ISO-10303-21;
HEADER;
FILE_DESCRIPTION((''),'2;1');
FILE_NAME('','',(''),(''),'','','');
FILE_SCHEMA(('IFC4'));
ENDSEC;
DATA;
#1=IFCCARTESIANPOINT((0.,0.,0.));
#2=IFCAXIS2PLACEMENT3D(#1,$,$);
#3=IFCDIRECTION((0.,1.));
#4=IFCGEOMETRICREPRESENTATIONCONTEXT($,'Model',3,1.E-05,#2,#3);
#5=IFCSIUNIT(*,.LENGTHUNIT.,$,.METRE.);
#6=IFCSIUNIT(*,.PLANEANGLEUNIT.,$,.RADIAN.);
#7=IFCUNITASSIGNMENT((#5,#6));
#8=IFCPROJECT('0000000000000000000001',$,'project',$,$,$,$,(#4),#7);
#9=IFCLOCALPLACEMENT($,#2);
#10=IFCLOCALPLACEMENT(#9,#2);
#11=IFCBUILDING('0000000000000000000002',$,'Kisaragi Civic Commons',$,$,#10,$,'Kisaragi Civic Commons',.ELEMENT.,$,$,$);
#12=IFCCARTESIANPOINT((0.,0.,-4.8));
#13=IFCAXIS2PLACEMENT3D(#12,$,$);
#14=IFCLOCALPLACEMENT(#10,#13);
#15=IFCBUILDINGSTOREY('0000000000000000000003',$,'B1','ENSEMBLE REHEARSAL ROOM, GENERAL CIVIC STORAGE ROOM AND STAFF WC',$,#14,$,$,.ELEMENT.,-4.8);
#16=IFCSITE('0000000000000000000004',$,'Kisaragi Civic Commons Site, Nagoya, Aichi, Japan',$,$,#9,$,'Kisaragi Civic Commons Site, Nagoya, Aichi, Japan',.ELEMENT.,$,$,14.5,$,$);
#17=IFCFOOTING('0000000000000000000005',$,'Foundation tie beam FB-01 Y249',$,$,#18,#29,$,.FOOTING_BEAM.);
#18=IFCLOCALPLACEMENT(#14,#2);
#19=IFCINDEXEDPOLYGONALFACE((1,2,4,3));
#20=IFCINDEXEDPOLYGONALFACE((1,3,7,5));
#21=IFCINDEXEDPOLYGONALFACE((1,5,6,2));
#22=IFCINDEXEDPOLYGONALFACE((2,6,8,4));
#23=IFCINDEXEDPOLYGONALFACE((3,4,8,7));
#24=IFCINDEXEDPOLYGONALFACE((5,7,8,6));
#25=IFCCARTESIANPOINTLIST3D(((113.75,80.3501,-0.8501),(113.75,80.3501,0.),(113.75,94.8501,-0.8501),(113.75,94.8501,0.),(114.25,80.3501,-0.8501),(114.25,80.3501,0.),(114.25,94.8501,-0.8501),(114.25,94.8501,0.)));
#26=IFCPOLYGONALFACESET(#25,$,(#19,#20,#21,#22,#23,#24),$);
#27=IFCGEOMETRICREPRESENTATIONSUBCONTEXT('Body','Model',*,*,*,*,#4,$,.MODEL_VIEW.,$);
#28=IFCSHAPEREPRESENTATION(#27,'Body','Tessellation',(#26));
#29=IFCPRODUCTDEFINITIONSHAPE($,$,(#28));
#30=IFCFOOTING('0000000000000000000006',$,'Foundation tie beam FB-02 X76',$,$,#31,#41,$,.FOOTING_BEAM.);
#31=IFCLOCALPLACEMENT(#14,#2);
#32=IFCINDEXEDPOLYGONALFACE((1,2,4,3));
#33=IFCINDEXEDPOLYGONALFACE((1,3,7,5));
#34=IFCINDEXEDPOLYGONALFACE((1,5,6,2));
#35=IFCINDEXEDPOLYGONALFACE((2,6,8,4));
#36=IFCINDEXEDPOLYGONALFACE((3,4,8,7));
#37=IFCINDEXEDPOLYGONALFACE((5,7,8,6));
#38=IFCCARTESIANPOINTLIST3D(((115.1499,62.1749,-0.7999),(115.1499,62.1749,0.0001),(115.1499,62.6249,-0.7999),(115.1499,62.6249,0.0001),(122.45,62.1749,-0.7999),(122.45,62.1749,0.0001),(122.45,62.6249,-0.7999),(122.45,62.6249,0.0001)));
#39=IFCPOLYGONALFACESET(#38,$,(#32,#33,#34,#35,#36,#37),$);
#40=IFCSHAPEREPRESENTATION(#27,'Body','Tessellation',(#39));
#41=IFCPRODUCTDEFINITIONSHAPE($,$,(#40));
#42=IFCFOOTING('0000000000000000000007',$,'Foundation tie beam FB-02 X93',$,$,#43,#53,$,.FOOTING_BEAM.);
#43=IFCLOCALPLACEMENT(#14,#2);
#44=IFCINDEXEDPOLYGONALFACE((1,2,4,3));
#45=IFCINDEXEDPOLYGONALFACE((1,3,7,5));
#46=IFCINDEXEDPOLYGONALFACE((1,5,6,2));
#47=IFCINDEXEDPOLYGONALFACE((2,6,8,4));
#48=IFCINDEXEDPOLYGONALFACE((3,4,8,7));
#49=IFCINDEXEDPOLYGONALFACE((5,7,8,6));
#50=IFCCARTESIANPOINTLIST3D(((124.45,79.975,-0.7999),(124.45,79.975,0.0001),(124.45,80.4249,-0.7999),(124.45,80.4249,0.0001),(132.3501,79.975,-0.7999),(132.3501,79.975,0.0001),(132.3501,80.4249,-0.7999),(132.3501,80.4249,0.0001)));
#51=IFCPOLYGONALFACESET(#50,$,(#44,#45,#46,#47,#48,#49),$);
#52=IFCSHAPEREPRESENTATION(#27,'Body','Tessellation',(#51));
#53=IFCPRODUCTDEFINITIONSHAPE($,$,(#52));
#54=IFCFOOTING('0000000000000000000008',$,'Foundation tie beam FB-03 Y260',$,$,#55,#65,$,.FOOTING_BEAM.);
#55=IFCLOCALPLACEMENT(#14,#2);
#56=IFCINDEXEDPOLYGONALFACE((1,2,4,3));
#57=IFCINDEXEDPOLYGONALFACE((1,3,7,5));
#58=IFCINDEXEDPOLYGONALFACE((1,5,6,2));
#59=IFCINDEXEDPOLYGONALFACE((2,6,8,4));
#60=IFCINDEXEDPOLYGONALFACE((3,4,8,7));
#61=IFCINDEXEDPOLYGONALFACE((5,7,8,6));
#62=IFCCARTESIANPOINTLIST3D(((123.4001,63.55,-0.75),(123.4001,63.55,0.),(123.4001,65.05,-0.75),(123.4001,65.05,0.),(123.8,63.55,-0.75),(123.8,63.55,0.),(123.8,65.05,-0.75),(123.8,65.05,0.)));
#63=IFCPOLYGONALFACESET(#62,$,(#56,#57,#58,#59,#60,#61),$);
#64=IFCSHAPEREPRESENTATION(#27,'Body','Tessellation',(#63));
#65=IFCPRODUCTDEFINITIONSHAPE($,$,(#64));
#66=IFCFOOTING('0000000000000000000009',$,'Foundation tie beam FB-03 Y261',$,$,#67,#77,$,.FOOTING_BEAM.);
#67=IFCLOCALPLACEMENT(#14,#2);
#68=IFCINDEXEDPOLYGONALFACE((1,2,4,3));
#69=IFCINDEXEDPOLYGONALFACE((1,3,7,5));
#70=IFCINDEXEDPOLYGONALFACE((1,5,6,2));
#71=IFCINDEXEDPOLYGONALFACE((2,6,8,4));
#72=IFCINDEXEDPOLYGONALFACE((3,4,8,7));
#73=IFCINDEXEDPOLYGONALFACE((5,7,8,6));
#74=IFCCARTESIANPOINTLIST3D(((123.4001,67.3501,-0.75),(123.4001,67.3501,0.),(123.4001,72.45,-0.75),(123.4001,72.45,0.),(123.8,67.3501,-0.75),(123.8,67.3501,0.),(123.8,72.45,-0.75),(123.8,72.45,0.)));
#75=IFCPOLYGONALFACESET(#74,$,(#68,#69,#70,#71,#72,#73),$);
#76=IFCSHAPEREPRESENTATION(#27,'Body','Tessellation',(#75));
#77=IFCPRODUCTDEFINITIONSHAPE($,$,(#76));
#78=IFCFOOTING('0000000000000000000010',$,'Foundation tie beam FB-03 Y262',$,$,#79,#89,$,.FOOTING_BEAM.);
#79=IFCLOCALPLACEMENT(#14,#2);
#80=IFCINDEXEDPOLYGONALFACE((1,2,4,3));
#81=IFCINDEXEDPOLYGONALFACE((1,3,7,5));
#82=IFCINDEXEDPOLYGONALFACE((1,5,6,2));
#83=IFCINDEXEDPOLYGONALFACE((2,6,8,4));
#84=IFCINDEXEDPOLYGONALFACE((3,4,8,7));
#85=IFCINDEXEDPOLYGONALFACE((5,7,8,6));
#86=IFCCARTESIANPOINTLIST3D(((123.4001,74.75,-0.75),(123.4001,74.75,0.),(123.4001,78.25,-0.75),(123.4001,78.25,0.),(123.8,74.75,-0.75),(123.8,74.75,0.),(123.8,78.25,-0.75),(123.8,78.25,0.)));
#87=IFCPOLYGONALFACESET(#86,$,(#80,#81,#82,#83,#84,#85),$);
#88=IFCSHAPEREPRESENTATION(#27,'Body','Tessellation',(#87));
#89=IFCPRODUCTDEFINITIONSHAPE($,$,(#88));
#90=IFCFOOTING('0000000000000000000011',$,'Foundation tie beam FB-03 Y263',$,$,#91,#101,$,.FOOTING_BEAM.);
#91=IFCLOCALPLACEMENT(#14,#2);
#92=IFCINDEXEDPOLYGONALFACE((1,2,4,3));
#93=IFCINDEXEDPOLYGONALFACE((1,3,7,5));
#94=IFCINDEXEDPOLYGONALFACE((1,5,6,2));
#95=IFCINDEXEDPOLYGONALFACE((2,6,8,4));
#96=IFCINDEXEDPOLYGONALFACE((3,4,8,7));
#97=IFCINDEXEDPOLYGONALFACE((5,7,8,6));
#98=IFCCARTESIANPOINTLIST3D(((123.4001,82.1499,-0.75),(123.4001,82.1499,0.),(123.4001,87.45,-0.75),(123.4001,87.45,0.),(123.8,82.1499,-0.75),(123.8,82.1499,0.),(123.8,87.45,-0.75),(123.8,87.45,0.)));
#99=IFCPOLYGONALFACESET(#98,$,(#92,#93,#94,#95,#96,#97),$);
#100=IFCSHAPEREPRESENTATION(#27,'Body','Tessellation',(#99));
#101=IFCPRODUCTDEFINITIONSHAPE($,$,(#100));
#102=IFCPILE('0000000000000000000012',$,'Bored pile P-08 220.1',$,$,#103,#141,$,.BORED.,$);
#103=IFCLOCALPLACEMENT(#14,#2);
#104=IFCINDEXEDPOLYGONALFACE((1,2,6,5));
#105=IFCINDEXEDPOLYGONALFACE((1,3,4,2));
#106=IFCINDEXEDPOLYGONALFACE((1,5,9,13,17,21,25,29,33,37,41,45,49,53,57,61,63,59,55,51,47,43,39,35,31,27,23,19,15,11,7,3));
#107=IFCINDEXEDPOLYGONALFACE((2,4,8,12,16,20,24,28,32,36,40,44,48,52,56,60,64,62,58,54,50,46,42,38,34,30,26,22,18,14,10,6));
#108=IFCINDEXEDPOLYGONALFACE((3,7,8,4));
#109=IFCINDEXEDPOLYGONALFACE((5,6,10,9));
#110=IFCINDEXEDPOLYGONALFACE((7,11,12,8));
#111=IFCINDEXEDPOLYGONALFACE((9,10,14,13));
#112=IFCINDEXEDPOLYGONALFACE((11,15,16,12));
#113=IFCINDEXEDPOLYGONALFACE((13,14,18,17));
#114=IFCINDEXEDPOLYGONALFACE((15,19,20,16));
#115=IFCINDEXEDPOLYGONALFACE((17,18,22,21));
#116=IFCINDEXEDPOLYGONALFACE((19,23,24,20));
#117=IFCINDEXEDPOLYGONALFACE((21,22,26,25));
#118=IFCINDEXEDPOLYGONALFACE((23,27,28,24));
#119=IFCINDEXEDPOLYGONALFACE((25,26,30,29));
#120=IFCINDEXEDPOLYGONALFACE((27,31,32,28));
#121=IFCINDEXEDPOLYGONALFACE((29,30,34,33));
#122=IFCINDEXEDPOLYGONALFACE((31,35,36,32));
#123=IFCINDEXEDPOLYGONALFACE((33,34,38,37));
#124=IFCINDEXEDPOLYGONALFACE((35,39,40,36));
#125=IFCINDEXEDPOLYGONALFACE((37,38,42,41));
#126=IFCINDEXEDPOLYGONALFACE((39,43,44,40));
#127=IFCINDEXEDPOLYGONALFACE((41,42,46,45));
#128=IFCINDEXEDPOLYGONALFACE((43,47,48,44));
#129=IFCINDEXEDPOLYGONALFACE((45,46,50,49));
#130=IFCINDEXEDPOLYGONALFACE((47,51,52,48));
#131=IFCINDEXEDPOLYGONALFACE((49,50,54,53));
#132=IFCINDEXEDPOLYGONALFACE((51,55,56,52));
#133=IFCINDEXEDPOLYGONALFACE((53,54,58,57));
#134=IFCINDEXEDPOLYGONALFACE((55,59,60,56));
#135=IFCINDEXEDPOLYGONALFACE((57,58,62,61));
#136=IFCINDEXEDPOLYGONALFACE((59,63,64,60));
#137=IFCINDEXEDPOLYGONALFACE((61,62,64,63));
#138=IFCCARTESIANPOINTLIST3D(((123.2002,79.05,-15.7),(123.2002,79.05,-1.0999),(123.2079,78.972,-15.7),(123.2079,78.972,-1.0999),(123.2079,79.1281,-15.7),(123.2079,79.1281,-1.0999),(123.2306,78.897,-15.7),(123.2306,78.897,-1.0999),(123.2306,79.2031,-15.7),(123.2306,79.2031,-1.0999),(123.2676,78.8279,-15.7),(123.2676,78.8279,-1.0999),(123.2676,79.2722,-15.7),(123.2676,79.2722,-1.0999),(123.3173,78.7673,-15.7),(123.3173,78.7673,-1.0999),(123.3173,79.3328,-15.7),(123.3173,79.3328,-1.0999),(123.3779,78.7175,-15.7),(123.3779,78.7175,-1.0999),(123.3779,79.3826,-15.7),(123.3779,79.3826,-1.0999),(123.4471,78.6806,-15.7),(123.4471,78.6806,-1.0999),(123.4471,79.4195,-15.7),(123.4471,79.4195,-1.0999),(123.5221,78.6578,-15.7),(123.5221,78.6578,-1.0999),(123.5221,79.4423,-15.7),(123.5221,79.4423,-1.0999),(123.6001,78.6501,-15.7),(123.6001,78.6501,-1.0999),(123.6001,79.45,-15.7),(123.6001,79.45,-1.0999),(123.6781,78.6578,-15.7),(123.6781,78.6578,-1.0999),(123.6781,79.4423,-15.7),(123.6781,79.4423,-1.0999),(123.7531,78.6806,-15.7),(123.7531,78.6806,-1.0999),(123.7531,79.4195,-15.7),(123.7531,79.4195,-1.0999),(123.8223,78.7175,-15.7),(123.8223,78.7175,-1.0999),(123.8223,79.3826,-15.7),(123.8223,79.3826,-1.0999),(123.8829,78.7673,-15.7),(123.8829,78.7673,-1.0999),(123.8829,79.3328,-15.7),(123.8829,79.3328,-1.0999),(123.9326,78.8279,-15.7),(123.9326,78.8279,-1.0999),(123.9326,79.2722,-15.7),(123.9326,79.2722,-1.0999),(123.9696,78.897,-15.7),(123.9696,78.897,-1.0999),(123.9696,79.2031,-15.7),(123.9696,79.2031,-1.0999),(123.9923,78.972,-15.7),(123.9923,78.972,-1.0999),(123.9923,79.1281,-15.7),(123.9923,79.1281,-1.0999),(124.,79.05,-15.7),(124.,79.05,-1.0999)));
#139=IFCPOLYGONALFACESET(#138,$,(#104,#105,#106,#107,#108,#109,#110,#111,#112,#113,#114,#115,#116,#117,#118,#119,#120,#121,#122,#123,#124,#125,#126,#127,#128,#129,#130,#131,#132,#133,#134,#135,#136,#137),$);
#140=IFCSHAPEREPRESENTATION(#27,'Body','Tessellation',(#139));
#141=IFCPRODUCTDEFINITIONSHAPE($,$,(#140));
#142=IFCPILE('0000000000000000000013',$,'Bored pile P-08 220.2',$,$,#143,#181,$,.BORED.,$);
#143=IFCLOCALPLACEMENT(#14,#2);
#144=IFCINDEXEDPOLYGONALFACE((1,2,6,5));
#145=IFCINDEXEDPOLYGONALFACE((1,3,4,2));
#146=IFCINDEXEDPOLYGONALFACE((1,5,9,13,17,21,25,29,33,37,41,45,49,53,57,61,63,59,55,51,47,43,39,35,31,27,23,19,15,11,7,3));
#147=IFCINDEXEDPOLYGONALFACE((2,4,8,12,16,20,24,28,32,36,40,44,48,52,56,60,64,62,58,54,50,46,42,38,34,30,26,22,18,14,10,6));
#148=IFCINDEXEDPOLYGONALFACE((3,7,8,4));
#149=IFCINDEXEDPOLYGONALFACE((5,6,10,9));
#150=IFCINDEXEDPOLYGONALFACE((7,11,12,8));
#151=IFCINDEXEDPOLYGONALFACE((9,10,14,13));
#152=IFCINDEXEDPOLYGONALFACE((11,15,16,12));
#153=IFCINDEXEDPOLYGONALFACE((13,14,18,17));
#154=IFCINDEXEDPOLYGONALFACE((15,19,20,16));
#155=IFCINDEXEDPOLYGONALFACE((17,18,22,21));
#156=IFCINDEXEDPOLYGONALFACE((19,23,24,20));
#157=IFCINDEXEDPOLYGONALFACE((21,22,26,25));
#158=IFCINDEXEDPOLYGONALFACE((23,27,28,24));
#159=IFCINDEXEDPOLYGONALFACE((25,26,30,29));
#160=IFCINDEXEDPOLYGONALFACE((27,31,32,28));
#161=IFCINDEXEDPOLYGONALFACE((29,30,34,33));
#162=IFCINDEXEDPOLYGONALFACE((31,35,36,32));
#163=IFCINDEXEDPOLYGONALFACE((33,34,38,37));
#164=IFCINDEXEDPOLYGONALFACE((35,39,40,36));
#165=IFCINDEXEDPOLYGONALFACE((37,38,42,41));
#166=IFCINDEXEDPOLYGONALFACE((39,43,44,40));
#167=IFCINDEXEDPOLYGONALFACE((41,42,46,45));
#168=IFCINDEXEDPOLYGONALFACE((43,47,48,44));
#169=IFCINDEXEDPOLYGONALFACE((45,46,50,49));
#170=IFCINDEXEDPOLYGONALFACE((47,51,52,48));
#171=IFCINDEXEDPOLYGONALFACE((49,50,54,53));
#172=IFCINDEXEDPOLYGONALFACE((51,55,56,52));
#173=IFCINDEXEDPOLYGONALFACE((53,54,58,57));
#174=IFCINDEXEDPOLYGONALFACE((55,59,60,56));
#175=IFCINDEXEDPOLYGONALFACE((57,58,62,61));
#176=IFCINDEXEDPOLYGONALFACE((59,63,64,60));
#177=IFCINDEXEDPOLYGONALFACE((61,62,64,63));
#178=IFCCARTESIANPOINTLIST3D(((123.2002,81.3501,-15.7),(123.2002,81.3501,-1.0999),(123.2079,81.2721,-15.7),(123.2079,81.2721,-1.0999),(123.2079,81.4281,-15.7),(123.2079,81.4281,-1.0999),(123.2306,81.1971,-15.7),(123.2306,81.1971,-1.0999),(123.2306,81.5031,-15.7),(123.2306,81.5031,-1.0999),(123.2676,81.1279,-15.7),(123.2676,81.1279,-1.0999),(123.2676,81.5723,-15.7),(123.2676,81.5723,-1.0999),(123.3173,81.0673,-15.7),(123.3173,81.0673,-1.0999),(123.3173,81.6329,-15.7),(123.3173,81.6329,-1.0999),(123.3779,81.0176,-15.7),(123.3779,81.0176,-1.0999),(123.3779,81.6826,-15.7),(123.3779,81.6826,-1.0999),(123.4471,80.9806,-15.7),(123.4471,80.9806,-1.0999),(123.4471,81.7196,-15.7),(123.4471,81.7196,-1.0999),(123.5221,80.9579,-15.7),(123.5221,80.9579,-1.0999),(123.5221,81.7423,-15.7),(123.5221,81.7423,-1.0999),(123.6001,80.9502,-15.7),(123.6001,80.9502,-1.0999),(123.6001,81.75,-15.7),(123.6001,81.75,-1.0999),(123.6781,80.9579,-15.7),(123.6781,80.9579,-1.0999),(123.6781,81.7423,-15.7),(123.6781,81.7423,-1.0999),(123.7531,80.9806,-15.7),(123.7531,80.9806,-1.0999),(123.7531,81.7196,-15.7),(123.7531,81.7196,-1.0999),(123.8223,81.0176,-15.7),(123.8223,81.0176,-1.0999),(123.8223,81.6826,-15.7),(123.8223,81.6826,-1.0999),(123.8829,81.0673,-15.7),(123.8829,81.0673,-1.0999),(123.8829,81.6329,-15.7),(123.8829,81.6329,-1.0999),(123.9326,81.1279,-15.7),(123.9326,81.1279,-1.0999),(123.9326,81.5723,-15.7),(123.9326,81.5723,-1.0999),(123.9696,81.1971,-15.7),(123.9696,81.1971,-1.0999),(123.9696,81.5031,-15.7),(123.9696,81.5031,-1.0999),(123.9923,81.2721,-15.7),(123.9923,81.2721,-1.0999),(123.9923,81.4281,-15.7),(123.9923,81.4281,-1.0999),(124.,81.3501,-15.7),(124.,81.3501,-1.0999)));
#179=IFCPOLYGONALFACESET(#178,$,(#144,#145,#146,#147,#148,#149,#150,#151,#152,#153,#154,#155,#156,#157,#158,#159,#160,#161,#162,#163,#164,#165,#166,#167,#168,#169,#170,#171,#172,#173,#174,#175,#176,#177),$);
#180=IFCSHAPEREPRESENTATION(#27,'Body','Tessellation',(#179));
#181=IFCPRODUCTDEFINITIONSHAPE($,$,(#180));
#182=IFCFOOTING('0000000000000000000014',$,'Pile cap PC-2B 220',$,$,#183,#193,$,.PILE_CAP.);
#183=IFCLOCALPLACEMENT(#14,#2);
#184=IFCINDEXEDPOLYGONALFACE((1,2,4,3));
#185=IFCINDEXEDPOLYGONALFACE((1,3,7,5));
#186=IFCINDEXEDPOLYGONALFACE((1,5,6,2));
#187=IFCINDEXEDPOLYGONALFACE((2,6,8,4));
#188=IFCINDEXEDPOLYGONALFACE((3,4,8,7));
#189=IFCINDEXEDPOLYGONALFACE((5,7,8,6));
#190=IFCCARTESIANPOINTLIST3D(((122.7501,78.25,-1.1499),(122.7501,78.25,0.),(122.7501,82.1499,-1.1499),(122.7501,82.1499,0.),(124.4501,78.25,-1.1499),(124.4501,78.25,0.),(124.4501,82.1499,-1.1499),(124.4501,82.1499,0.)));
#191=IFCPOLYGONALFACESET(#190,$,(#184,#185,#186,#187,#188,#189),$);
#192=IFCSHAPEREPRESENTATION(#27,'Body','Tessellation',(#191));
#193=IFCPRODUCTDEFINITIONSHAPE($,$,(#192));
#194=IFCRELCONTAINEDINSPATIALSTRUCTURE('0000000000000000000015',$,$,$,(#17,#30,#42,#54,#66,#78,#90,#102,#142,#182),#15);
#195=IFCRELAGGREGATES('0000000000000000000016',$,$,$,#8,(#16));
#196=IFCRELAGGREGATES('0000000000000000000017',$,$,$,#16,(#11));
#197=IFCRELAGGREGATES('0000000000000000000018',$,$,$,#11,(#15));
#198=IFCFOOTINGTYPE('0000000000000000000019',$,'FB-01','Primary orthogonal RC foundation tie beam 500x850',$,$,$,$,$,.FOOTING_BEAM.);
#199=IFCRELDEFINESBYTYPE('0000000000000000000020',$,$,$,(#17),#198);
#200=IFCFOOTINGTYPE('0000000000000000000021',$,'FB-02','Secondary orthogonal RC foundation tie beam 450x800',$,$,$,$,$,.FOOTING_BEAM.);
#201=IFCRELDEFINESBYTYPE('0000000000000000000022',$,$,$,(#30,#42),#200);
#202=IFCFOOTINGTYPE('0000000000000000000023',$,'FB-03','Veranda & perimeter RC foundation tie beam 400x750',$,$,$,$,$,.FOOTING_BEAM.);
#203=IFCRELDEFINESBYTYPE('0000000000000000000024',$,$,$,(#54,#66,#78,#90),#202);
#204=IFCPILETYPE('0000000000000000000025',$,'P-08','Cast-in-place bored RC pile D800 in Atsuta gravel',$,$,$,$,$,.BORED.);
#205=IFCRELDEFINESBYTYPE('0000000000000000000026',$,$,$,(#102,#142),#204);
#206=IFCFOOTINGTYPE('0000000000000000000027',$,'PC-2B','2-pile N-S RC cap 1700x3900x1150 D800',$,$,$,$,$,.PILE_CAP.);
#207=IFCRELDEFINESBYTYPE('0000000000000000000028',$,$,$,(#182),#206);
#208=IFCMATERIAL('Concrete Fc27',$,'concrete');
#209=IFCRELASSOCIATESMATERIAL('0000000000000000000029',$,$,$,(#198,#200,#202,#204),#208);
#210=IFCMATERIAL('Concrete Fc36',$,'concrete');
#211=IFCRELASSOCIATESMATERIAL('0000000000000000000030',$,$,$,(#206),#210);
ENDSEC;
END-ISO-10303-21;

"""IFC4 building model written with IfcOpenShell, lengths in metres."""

from ifc_helpers import new_model, si_unit, direction, frame, origin, origin_2d, place, context, subcontext, project, spatial, rectangle, circle, extrude, material, material_profile, profile_set, type_object, element, save


model = new_model("IFC4")

# Units and contexts
model_context = context("Model", 3, precision=1e-05, world=origin(), true_north=direction((0.0, 1.0)))
body_context = subcontext(model_context, "Body", "Model", "MODEL_VIEW")
ifc_project = project(units=[si_unit("LENGTHUNIT", "METRE"), si_unit("PLANEANGLEUNIT", "RADIAN")], contexts=[model_context])

# Site, building, storey
site_placement = place(None, origin())
site = spatial("IfcSite", under=ifc_project, at=site_placement, Name="Kisaragi Civic Commons Site, Nagoya, Aichi, Japan", LongName="Kisaragi Civic Commons Site, Nagoya, Aichi, Japan", CompositionType="ELEMENT", RefElevation=14.5)
building_placement = place(site_placement, origin())
building = spatial("IfcBuilding", under=site, at=building_placement, Name="Kisaragi Civic Commons", LongName="Kisaragi Civic Commons", CompositionType="ELEMENT")
storey_placement = place(building_placement, frame((0.0, 0.0, -4.8)))
storey = spatial("IfcBuildingStorey", under=building, at=storey_placement, Name="B1", Description="ENSEMBLE REHEARSAL ROOM, GENERAL CIVIC STORAGE ROOM AND STAFF WC", CompositionType="ELEMENT", Elevation=-4.8)

# Footings
ifc_material_1 = material(Name="Concrete Fc27", Category="concrete")
ifc_material_profile_1 = material_profile(ifc_material_1, rectangle(XDim=0.5, YDim=0.8501, at=origin_2d()), Name="RC-500x850", Category="concrete")
ifc_profile_set_1 = profile_set([ifc_material_profile_1], Name="Concrete Fc27")
footing_type_1 = type_object("IfcFootingType", Name="FB-01", Description="Primary orthogonal RC foundation tie beam 500x850", PredefinedType="FOOTING_BEAM", material=ifc_profile_set_1)
footing_1_placement = place(storey_placement, frame((114.0, 80.3501, -0.425), z_axis=(0.0, 1.0, 0.0), x_axis=(-1.0, 0.0, 0.0)))
element("IfcFooting", 1, at=footing_1_placement, inside=storey, type_object=footing_type_1, Name="Foundation tie beam FB-01 Y249", PredefinedType="FOOTING_BEAM", context=body_context, shape_type="SweptSolid", body=[
    extrude(rectangle(XDim=0.5, YDim=0.8501, at=origin_2d()), origin(), (0.0, 0.0, 1.0), 14.5),
])
ifc_material_profile_2 = material_profile(ifc_material_1, rectangle(XDim=0.45, YDim=0.8, at=origin_2d()), Name="RC-450x800", Category="concrete")
ifc_profile_set_2 = profile_set([ifc_material_profile_2], Name="Concrete Fc27")
footing_type_2 = type_object("IfcFootingType", Name="FB-02", Description="Secondary orthogonal RC foundation tie beam 450x800", PredefinedType="FOOTING_BEAM", material=ifc_profile_set_2)
footing_2_placement = place(storey_placement, frame((115.1499, 62.3999, -0.3999), z_axis=(1.0, 0.0, 0.0), x_axis=(0.0, 1.0, 0.0)))
element("IfcFooting", 2, at=footing_2_placement, inside=storey, type_object=footing_type_2, Name="Foundation tie beam FB-02 X76", PredefinedType="FOOTING_BEAM", context=body_context, shape_type="SweptSolid", body=[
    extrude(rectangle(XDim=0.45, YDim=0.8, at=origin_2d()), origin(), (0.0, 0.0, 1.0), 7.3),
])
footing_3_placement = place(storey_placement, frame((124.45, 80.2, -0.3999), z_axis=(1.0, 0.0, 0.0), x_axis=(0.0, 1.0, 0.0)))
element("IfcFooting", 3, at=footing_3_placement, inside=storey, type_object=footing_type_2, Name="Foundation tie beam FB-02 X93", PredefinedType="FOOTING_BEAM", context=body_context, shape_type="SweptSolid", body=[
    extrude(rectangle(XDim=0.45, YDim=0.8, at=origin_2d()), origin(), (0.0, 0.0, 1.0), 7.9001),
])
ifc_material_profile_3 = material_profile(ifc_material_1, rectangle(XDim=0.3999, YDim=0.75, at=origin_2d()), Name="RC-400x750", Category="concrete")
ifc_profile_set_3 = profile_set([ifc_material_profile_3], Name="Concrete Fc27")
footing_type_3 = type_object("IfcFootingType", Name="FB-03", Description="Veranda & perimeter RC foundation tie beam 400x750", PredefinedType="FOOTING_BEAM", material=ifc_profile_set_3)
footing_4_placement = place(storey_placement, frame((123.6001, 63.55, -0.375), z_axis=(0.0, 1.0, 0.0), x_axis=(-1.0, 0.0, 0.0)))
element("IfcFooting", 4, at=footing_4_placement, inside=storey, type_object=footing_type_3, Name="Foundation tie beam FB-03 Y260", PredefinedType="FOOTING_BEAM", context=body_context, shape_type="SweptSolid", body=[
    extrude(rectangle(XDim=0.3999, YDim=0.75, at=origin_2d()), origin(), (0.0, 0.0, 1.0), 1.5),
])
footing_5_placement = place(storey_placement, frame((123.6001, 67.3501, -0.375), z_axis=(0.0, 1.0, 0.0), x_axis=(-1.0, 0.0, 0.0)))
element("IfcFooting", 5, at=footing_5_placement, inside=storey, type_object=footing_type_3, Name="Foundation tie beam FB-03 Y261", PredefinedType="FOOTING_BEAM", context=body_context, shape_type="SweptSolid", body=[
    extrude(rectangle(XDim=0.3999, YDim=0.75, at=origin_2d()), origin(), (0.0, 0.0, 1.0), 5.0999),
])
footing_6_placement = place(storey_placement, frame((123.6001, 74.75, -0.375), z_axis=(0.0, 1.0, 0.0), x_axis=(-1.0, 0.0, 0.0)))
element("IfcFooting", 6, at=footing_6_placement, inside=storey, type_object=footing_type_3, Name="Foundation tie beam FB-03 Y262", PredefinedType="FOOTING_BEAM", context=body_context, shape_type="SweptSolid", body=[
    extrude(rectangle(XDim=0.3999, YDim=0.75, at=origin_2d()), origin(), (0.0, 0.0, 1.0), 3.5),
])
footing_7_placement = place(storey_placement, frame((123.6001, 82.1499, -0.375), z_axis=(0.0, 1.0, 0.0), x_axis=(-1.0, 0.0, 0.0)))
element("IfcFooting", 7, at=footing_7_placement, inside=storey, type_object=footing_type_3, Name="Foundation tie beam FB-03 Y263", PredefinedType="FOOTING_BEAM", context=body_context, shape_type="SweptSolid", body=[
    extrude(rectangle(XDim=0.3999, YDim=0.75, at=origin_2d()), origin(), (0.0, 0.0, 1.0), 5.3),
])

# Piles
ifc_material_profile_4 = material_profile(ifc_material_1, circle(Radius=0.3999, at=origin_2d()), Name="PILE-D800", Category="concrete")
ifc_profile_set_4 = profile_set([ifc_material_profile_4], Name="Concrete Fc27")
pile_type = type_object("IfcPileType", Name="P-08", Description="Cast-in-place bored RC pile D800 in Atsuta gravel", PredefinedType="BORED", material=ifc_profile_set_4)
for number, where, z_axis, x_axis, name in (
    (8, (123.6001, 79.05, -1.0999), (0.0, 0.0, -1.0), (1.0, 0.0, 0.0), "Bored pile P-08 220.1"),
    (9, (123.6001, 81.3501, -1.0999), (0.0, 0.0, -1.0), (1.0, 0.0, 0.0), "Bored pile P-08 220.2"),
):
    element("IfcPile", number, at=place(storey_placement, frame(where, z_axis=z_axis, x_axis=x_axis)), inside=storey, type_object=pile_type, Name=name, PredefinedType="BORED", context=body_context, shape_type="SweptSolid", body=[
        extrude(circle(Radius=0.3999, at=origin_2d()), origin(), (0.0, 0.0, 1.0), 14.6001),
    ])

# Footing
ifc_material_2 = material(Name="Concrete Fc36", Category="concrete")
footing_type_4 = type_object("IfcFootingType", Name="PC-2B", Description="2-pile N-S RC cap 1700x3900x1150 D800", PredefinedType="PILE_CAP", material=ifc_material_2)
footing_8_placement = place(storey_placement, frame((123.6001, 80.2, -1.1499), z_axis=(0.0, 0.0, 1.0), x_axis=(1.0, 0.0, 0.0)))
element("IfcFooting", 10, at=footing_8_placement, inside=storey, type_object=footing_type_4, Name="Pile cap PC-2B 220", PredefinedType="PILE_CAP", context=body_context, shape_type="SweptSolid", body=[
    extrude(rectangle(XDim=1.7, YDim=3.8999, at=origin_2d()), origin(), (0.0, 0.0, 1.0), 1.1499),
])

save(model, "model.ifc")
